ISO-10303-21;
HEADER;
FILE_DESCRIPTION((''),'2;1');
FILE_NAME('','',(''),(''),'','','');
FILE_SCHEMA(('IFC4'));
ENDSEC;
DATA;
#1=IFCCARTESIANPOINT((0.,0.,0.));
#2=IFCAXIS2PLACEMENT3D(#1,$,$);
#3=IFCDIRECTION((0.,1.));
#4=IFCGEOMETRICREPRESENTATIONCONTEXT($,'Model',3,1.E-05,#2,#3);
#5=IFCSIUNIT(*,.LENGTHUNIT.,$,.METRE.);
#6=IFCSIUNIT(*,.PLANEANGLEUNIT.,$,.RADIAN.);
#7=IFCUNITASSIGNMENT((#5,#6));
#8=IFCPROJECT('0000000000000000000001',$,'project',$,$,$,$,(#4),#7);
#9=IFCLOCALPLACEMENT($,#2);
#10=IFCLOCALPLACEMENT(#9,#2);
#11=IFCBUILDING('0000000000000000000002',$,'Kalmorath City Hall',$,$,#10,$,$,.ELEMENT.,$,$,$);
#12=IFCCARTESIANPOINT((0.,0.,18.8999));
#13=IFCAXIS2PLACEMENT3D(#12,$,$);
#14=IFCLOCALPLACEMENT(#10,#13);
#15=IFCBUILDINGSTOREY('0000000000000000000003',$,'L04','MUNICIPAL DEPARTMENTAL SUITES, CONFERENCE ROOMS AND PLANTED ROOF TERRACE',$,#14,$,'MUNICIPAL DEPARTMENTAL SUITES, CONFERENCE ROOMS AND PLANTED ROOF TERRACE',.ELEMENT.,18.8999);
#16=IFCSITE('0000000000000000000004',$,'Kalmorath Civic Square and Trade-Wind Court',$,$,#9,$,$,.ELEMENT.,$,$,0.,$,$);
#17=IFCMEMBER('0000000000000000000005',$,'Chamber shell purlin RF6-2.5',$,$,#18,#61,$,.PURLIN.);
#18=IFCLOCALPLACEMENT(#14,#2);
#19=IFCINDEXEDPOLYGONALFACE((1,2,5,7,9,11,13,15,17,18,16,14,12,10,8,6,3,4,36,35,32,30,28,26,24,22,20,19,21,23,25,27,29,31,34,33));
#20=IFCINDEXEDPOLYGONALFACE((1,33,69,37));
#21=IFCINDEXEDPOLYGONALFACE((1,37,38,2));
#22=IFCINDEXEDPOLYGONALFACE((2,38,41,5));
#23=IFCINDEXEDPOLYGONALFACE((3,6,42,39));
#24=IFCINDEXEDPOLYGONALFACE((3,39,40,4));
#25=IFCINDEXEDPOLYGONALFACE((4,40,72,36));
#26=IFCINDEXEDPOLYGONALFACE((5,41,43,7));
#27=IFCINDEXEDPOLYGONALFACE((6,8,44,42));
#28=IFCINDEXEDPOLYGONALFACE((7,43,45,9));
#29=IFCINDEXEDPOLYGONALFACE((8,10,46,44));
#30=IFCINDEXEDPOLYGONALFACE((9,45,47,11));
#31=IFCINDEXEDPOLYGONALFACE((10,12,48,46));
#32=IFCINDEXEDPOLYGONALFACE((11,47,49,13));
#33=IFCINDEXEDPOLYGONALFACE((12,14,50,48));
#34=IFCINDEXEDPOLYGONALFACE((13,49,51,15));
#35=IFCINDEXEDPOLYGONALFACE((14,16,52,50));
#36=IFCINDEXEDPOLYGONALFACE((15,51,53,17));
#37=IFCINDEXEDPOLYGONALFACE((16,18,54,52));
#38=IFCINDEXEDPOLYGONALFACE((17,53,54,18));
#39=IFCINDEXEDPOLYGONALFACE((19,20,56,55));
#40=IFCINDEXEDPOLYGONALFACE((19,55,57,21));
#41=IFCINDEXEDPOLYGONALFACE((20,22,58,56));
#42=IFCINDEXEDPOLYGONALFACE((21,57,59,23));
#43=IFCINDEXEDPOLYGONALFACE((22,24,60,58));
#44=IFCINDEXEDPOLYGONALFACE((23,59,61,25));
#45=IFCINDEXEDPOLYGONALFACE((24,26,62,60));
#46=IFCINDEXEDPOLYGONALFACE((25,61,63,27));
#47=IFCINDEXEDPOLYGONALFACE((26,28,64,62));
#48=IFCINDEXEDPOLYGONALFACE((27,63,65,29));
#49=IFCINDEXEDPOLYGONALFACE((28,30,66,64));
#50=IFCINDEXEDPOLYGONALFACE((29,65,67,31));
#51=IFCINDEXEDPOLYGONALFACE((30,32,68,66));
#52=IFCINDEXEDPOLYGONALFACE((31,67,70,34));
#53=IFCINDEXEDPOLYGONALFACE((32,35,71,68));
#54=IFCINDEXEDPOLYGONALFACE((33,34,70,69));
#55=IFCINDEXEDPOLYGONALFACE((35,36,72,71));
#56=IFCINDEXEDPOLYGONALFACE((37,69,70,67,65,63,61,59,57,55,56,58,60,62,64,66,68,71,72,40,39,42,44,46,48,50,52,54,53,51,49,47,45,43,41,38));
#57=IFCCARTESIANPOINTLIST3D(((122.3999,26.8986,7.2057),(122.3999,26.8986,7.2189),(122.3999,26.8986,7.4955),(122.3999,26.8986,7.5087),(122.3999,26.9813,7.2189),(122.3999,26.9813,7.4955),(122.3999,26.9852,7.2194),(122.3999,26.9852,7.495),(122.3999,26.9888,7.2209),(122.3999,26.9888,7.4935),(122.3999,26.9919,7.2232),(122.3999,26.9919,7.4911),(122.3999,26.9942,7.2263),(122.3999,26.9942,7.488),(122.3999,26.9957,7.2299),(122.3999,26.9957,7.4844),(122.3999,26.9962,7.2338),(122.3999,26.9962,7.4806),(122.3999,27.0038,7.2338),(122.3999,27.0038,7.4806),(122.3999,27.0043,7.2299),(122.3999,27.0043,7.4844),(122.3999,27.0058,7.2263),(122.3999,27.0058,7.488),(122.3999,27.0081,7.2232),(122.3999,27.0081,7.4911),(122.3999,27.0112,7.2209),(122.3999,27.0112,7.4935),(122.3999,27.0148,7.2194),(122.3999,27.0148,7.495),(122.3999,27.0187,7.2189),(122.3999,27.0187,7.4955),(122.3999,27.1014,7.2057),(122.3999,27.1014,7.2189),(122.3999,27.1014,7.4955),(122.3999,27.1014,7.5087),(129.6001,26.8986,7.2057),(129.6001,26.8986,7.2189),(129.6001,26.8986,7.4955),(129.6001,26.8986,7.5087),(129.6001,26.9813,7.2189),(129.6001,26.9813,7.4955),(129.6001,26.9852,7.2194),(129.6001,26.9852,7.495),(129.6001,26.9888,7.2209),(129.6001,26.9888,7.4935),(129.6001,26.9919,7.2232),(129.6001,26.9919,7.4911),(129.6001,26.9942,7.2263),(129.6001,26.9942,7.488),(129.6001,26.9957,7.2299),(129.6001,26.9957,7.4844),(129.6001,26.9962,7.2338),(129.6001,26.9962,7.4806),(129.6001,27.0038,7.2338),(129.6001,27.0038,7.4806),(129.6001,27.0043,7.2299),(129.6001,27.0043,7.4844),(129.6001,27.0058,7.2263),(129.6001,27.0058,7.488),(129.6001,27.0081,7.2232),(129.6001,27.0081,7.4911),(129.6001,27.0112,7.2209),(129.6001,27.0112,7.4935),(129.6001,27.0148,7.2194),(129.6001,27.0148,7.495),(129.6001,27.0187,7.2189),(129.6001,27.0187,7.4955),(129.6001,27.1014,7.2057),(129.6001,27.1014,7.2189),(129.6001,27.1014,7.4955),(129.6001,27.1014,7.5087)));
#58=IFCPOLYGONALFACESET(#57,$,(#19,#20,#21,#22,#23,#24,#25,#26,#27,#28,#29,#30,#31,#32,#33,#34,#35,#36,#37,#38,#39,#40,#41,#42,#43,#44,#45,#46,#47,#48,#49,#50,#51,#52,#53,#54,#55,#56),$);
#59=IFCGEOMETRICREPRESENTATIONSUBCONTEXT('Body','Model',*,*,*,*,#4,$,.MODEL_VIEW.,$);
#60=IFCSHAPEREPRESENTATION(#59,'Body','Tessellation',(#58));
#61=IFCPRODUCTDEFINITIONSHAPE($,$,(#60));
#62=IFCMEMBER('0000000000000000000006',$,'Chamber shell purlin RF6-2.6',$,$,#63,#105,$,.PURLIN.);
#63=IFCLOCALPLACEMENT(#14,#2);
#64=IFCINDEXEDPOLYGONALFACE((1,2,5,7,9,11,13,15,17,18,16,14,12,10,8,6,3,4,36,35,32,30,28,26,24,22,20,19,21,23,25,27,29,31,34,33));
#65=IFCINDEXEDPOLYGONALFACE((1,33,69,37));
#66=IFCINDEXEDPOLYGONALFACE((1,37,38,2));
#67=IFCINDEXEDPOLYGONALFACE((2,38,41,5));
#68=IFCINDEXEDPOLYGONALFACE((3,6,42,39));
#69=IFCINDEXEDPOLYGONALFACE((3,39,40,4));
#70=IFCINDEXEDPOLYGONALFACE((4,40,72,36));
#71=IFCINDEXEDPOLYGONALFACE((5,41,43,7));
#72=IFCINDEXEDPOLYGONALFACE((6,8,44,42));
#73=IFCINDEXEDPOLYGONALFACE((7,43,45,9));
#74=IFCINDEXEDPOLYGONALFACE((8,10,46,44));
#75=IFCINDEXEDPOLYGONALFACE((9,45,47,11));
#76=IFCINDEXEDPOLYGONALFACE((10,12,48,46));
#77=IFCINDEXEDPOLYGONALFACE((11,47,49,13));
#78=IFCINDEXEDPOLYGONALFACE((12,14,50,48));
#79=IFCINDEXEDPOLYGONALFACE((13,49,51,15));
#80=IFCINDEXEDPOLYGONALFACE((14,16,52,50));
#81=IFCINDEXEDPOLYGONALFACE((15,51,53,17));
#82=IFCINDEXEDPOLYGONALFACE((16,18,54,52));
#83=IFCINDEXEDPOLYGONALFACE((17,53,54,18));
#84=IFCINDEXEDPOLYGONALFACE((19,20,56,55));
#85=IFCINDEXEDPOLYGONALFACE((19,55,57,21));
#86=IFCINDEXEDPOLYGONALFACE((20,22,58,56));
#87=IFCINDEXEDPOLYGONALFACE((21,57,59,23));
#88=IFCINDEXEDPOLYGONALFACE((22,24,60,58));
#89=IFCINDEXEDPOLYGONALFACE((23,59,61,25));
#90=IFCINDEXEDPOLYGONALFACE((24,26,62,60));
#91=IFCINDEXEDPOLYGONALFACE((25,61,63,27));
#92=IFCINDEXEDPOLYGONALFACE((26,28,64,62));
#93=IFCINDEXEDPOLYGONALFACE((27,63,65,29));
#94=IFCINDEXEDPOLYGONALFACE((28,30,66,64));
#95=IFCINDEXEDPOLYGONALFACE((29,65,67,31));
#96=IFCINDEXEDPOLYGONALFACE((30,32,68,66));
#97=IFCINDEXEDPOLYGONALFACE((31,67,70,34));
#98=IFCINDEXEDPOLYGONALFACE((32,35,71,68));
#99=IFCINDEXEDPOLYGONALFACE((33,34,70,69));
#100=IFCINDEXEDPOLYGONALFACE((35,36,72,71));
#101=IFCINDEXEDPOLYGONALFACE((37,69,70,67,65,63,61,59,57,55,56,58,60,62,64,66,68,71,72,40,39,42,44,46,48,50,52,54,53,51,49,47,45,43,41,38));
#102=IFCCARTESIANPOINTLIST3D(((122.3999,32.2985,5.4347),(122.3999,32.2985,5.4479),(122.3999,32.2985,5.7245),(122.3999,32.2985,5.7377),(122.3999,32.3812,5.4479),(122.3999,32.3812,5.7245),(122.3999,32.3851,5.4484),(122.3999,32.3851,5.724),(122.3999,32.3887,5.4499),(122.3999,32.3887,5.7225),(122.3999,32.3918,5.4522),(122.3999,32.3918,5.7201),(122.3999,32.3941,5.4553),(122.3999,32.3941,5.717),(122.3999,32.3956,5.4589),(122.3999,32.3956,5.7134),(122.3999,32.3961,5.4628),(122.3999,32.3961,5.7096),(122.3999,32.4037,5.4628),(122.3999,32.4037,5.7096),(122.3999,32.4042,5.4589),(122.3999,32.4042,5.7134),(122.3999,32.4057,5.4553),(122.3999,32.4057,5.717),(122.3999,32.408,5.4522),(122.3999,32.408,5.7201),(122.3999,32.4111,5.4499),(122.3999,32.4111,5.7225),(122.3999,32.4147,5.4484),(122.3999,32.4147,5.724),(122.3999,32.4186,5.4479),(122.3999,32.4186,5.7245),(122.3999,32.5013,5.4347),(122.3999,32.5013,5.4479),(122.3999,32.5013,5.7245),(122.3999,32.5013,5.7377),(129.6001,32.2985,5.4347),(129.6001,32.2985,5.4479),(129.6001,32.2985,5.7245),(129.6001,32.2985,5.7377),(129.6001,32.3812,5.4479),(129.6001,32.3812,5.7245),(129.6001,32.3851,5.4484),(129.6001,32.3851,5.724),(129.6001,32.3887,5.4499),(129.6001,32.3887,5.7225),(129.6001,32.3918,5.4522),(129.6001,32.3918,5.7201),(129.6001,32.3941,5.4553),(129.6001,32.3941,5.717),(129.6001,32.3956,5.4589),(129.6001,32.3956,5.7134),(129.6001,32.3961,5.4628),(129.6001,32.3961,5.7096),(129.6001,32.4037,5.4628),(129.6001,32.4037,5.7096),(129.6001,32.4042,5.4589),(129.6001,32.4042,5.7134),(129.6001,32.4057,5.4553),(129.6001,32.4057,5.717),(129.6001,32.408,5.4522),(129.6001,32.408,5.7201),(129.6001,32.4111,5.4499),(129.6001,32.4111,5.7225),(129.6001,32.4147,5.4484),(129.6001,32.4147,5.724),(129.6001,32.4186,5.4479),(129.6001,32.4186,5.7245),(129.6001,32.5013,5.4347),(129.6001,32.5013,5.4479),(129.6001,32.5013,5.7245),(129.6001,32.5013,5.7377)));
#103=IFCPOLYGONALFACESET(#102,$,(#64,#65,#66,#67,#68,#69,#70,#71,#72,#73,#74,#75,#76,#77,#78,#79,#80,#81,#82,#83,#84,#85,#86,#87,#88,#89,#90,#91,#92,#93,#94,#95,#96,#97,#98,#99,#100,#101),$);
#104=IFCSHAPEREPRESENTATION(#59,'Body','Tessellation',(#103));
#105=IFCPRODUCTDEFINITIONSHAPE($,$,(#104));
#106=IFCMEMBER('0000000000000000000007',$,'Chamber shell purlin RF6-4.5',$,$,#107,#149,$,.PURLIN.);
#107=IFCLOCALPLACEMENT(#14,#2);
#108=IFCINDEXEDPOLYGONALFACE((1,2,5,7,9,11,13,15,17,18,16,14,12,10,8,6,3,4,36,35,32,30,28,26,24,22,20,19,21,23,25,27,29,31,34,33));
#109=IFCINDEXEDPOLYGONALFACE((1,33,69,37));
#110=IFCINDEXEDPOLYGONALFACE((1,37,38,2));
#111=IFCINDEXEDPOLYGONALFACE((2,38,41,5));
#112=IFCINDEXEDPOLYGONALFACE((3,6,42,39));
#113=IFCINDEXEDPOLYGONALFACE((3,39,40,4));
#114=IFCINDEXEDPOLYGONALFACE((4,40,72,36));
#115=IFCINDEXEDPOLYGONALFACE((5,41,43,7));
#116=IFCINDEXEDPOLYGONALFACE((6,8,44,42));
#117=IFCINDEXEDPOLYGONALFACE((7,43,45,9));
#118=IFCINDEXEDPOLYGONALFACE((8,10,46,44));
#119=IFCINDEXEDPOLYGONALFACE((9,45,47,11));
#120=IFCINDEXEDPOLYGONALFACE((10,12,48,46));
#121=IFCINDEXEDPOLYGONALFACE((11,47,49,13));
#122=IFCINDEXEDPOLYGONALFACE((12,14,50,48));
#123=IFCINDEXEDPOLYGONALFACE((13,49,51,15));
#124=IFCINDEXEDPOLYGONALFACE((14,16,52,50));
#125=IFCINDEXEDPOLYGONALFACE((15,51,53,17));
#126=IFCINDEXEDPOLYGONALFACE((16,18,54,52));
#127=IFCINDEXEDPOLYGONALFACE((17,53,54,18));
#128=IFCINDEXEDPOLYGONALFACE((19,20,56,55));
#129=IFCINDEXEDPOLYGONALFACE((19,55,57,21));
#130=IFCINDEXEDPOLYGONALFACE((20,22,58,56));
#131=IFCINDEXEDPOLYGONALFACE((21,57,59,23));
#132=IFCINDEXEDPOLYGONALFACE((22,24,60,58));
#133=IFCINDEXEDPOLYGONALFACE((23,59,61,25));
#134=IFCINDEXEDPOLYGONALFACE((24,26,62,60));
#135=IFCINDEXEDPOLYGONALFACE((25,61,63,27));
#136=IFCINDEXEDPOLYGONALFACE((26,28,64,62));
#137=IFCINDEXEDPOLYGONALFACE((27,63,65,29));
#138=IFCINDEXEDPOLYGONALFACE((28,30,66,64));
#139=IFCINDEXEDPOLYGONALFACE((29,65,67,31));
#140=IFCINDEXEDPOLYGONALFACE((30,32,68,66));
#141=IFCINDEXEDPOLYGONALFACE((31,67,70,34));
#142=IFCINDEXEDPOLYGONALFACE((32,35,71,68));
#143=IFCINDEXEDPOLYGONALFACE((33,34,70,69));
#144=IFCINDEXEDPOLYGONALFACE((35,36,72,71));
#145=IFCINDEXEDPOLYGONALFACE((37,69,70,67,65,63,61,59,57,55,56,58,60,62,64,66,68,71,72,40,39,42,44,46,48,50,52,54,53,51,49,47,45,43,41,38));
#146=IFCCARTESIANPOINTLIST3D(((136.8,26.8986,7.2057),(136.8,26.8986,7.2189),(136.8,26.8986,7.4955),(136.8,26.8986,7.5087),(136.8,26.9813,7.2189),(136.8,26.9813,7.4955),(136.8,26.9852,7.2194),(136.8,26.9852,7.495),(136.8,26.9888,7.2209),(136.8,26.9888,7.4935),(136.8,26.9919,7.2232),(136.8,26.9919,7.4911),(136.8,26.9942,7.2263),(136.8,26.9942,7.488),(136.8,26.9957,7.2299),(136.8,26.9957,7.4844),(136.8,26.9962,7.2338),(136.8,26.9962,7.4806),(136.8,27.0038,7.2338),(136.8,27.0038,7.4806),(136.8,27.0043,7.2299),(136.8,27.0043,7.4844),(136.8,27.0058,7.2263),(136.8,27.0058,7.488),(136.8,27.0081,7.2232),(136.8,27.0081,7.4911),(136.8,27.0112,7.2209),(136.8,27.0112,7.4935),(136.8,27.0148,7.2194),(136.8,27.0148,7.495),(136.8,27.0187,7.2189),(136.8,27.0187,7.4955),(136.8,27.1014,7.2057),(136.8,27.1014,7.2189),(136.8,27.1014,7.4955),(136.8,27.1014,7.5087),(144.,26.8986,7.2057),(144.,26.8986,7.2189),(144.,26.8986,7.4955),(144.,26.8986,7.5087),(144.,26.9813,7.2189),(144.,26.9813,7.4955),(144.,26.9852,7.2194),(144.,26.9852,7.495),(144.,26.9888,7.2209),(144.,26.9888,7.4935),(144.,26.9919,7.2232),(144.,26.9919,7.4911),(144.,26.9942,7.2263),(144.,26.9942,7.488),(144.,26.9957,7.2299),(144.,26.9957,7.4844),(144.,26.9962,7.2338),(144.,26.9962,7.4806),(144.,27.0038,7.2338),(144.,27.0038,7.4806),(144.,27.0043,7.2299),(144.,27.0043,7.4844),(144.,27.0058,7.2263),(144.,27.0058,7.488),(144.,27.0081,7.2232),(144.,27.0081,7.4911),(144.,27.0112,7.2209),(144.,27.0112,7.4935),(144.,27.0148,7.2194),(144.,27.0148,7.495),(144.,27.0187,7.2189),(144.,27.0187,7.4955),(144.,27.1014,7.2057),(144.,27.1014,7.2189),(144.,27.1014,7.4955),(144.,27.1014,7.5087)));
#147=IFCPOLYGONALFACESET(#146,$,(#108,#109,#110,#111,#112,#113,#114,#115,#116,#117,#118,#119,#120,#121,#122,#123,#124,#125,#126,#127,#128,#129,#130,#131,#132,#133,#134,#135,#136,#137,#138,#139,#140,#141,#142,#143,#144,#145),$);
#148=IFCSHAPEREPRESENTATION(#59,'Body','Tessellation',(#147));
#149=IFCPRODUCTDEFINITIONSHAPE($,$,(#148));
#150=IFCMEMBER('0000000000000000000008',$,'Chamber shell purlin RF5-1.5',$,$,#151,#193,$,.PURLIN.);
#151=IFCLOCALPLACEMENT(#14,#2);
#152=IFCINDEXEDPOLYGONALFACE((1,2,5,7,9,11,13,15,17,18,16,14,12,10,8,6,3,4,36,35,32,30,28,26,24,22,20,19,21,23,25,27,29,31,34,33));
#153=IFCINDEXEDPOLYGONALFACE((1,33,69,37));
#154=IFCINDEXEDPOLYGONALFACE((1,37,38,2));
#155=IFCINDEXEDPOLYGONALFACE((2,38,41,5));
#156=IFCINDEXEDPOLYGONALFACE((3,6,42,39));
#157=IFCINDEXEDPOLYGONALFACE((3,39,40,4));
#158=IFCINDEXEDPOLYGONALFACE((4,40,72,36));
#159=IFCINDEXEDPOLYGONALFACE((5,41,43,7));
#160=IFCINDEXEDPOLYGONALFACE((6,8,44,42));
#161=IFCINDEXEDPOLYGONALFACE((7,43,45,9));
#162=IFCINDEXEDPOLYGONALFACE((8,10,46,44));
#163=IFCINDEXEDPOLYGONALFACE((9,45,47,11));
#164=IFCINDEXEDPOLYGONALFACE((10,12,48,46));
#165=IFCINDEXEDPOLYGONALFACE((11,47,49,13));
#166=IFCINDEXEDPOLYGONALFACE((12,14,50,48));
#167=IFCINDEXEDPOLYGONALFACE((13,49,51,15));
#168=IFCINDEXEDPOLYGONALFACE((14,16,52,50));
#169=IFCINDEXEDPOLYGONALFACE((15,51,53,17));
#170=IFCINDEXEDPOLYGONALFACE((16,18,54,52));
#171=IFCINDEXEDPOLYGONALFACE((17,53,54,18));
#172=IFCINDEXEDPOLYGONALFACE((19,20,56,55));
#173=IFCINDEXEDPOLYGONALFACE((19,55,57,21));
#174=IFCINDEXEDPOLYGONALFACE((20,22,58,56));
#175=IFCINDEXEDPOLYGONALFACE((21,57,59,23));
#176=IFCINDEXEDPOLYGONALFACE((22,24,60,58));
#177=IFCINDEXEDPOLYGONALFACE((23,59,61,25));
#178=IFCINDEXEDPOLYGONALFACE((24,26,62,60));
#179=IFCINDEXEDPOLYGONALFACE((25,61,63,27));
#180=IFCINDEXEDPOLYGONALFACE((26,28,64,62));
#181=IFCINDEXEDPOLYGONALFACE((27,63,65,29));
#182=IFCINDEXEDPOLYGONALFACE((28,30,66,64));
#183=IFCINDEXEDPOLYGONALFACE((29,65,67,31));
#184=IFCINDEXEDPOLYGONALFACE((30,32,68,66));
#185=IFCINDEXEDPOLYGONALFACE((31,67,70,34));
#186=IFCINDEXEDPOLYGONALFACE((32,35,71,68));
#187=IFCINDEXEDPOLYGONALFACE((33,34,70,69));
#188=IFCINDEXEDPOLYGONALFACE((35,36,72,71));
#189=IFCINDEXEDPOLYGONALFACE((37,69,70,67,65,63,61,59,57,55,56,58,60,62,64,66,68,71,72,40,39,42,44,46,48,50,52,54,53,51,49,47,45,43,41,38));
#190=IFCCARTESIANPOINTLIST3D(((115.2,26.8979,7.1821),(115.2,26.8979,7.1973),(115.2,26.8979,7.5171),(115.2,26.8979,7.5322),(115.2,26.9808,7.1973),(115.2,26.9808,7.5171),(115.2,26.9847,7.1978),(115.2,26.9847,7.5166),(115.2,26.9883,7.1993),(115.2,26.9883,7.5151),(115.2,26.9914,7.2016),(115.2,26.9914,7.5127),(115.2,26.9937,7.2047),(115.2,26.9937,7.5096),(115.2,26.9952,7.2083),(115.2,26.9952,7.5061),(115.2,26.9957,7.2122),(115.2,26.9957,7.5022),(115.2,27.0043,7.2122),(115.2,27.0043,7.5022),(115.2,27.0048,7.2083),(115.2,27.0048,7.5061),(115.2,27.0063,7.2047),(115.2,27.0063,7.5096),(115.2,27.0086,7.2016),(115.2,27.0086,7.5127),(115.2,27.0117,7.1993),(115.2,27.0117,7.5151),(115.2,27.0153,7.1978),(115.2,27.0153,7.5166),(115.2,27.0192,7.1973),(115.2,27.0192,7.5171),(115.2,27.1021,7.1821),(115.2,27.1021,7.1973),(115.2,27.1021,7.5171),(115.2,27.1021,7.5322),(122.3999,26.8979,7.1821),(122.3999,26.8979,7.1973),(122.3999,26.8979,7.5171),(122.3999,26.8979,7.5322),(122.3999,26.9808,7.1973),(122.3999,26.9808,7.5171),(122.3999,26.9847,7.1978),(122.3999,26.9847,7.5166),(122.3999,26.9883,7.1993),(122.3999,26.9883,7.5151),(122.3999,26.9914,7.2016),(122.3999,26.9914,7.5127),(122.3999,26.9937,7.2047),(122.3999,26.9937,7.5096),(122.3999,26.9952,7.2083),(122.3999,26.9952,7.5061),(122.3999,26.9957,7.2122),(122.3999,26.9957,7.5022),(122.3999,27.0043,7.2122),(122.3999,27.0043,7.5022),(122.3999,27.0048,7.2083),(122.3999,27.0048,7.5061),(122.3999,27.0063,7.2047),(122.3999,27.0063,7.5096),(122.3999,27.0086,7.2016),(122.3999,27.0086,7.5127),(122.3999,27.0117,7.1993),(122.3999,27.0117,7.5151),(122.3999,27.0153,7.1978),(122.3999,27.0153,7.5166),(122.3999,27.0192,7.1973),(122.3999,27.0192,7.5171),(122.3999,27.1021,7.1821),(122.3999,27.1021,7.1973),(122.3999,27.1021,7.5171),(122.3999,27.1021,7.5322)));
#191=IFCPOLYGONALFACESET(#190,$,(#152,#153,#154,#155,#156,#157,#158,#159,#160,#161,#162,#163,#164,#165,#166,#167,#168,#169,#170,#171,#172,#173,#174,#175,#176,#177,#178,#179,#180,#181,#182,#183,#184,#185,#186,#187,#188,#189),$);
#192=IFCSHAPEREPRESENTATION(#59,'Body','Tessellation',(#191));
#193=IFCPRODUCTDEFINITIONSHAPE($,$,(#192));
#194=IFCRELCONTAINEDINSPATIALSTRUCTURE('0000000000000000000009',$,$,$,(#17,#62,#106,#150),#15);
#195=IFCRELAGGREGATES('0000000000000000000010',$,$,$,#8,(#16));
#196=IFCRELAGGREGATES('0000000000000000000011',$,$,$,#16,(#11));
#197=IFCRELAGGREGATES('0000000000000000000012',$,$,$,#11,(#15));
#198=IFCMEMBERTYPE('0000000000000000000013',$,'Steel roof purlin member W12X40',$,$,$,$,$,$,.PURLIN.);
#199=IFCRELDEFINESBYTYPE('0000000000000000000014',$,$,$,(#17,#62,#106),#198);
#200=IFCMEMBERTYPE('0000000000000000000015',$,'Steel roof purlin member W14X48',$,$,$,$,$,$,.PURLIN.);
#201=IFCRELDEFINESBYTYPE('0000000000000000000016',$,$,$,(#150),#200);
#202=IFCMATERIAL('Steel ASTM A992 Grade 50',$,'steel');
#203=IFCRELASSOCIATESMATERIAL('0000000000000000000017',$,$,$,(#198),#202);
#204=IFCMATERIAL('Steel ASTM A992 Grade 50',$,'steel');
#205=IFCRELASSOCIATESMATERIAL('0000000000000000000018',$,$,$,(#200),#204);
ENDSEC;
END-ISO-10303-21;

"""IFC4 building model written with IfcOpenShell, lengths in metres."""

from ifc_helpers import new_model, si_unit, direction, frame, origin, origin_2d, place, context, subcontext, project, spatial, i_section, extrude, material, material_profile, profile_set, type_object, element, save


model = new_model("IFC4")

# Units and contexts
model_context = context("Model", 3, precision=1e-05, world=origin(), true_north=direction((0.0, 1.0)))
body_context = subcontext(model_context, "Body", "Model", "MODEL_VIEW")
ifc_project = project(units=[si_unit("LENGTHUNIT", "METRE"), si_unit("PLANEANGLEUNIT", "RADIAN")], contexts=[model_context])

# Site, building, storey
site_placement = place(None, origin())
site = spatial("IfcSite", under=ifc_project, at=site_placement, Name="Kalmorath Civic Square and Trade-Wind Court", CompositionType="ELEMENT", RefElevation=0.0)
building_placement = place(site_placement, origin())
building = spatial("IfcBuilding", under=site, at=building_placement, Name="Kalmorath City Hall", CompositionType="ELEMENT")
storey_placement = place(building_placement, frame((0.0, 0.0, 18.8999)))
storey = spatial("IfcBuildingStorey", under=building, at=storey_placement, Name="L04", Description="MUNICIPAL DEPARTMENTAL SUITES, CONFERENCE ROOMS AND PLANTED ROOF TERRACE", LongName="MUNICIPAL DEPARTMENTAL SUITES, CONFERENCE ROOMS AND PLANTED ROOF TERRACE", CompositionType="ELEMENT", Elevation=18.8999)

# Members
ifc_material_1 = material(Name="Steel ASTM A992 Grade 50", Category="steel")
ifc_material_profile_1 = material_profile(ifc_material_1, i_section(OverallWidth=0.2029, OverallDepth=0.303, WebThickness=0.0076, FlangeThickness=0.0132, FilletRadius=0.0149, at=origin_2d()), Name="W12X40")
ifc_profile_set_1 = profile_set([ifc_material_profile_1], Name="Steel ASTM A992 Grade 50")
member_type_1 = type_object("IfcMemberType", Name="Steel roof purlin member W12X40", PredefinedType="PURLIN", material=ifc_profile_set_1)
for number, where, z_axis, x_axis, name in (
    (1, (122.3999, 27.0, 7.3572), (1.0, 0.0, 0.0), (0.0, 1.0, 0.0), "Chamber shell purlin RF6-2.5"),
    (2, (122.3999, 32.3999, 5.5862), (1.0, 0.0, 0.0), (0.0, 1.0, 0.0), "Chamber shell purlin RF6-2.6"),
):
    element("IfcMember", number, at=place(storey_placement, frame(where, z_axis=z_axis, x_axis=x_axis)), inside=storey, type_object=member_type_1, Name=name, PredefinedType="PURLIN", context=body_context, shape_type="SweptSolid", body=[
        extrude(i_section(OverallWidth=0.2029, OverallDepth=0.303, WebThickness=0.0076, FlangeThickness=0.0132, FilletRadius=0.0149, at=origin_2d()), origin(), (0.0, 0.0, 1.0), 7.2002),
    ])
member_1_placement = place(storey_placement, frame((136.8, 27.0, 7.3572), z_axis=(1.0, 0.0, 0.0), x_axis=(0.0, 1.0, 0.0)))
element("IfcMember", 3, at=member_1_placement, inside=storey, type_object=member_type_1, Name="Chamber shell purlin RF6-4.5", PredefinedType="PURLIN", context=body_context, shape_type="SweptSolid", body=[
    extrude(i_section(OverallWidth=0.2029, OverallDepth=0.303, WebThickness=0.0076, FlangeThickness=0.0132, FilletRadius=0.0149, at=origin_2d()), origin(), (0.0, 0.0, 1.0), 7.2),
])
ifc_material_2 = material(Name="Steel ASTM A992 Grade 50", Category="steel")
ifc_material_profile_2 = material_profile(ifc_material_2, i_section(OverallWidth=0.2041, OverallDepth=0.3501, WebThickness=0.0085, FlangeThickness=0.0151, FilletRadius=0.0149, at=origin_2d()), Name="W14X48")
ifc_profile_set_2 = profile_set([ifc_material_profile_2], Name="Steel ASTM A992 Grade 50")
member_type_2 = type_object("IfcMemberType", Name="Steel roof purlin member W14X48", PredefinedType="PURLIN", material=ifc_profile_set_2)
for number, where, z_axis, x_axis, name in (
    (4, (115.2, 27.0, 7.3572), (1.0, 0.0, 0.0), (0.0, 1.0, 0.0), "Chamber shell purlin RF5-1.5"),
):
    element("IfcMember", number, at=place(storey_placement, frame(where, z_axis=z_axis, x_axis=x_axis)), inside=storey, type_object=member_type_2, Name=name, PredefinedType="PURLIN", context=body_context, shape_type="SweptSolid", body=[
        extrude(i_section(OverallWidth=0.2041, OverallDepth=0.3501, WebThickness=0.0085, FlangeThickness=0.0151, FilletRadius=0.0149, at=origin_2d()), origin(), (0.0, 0.0, 1.0), 7.2),
    ])

save(model, "model.ifc")
